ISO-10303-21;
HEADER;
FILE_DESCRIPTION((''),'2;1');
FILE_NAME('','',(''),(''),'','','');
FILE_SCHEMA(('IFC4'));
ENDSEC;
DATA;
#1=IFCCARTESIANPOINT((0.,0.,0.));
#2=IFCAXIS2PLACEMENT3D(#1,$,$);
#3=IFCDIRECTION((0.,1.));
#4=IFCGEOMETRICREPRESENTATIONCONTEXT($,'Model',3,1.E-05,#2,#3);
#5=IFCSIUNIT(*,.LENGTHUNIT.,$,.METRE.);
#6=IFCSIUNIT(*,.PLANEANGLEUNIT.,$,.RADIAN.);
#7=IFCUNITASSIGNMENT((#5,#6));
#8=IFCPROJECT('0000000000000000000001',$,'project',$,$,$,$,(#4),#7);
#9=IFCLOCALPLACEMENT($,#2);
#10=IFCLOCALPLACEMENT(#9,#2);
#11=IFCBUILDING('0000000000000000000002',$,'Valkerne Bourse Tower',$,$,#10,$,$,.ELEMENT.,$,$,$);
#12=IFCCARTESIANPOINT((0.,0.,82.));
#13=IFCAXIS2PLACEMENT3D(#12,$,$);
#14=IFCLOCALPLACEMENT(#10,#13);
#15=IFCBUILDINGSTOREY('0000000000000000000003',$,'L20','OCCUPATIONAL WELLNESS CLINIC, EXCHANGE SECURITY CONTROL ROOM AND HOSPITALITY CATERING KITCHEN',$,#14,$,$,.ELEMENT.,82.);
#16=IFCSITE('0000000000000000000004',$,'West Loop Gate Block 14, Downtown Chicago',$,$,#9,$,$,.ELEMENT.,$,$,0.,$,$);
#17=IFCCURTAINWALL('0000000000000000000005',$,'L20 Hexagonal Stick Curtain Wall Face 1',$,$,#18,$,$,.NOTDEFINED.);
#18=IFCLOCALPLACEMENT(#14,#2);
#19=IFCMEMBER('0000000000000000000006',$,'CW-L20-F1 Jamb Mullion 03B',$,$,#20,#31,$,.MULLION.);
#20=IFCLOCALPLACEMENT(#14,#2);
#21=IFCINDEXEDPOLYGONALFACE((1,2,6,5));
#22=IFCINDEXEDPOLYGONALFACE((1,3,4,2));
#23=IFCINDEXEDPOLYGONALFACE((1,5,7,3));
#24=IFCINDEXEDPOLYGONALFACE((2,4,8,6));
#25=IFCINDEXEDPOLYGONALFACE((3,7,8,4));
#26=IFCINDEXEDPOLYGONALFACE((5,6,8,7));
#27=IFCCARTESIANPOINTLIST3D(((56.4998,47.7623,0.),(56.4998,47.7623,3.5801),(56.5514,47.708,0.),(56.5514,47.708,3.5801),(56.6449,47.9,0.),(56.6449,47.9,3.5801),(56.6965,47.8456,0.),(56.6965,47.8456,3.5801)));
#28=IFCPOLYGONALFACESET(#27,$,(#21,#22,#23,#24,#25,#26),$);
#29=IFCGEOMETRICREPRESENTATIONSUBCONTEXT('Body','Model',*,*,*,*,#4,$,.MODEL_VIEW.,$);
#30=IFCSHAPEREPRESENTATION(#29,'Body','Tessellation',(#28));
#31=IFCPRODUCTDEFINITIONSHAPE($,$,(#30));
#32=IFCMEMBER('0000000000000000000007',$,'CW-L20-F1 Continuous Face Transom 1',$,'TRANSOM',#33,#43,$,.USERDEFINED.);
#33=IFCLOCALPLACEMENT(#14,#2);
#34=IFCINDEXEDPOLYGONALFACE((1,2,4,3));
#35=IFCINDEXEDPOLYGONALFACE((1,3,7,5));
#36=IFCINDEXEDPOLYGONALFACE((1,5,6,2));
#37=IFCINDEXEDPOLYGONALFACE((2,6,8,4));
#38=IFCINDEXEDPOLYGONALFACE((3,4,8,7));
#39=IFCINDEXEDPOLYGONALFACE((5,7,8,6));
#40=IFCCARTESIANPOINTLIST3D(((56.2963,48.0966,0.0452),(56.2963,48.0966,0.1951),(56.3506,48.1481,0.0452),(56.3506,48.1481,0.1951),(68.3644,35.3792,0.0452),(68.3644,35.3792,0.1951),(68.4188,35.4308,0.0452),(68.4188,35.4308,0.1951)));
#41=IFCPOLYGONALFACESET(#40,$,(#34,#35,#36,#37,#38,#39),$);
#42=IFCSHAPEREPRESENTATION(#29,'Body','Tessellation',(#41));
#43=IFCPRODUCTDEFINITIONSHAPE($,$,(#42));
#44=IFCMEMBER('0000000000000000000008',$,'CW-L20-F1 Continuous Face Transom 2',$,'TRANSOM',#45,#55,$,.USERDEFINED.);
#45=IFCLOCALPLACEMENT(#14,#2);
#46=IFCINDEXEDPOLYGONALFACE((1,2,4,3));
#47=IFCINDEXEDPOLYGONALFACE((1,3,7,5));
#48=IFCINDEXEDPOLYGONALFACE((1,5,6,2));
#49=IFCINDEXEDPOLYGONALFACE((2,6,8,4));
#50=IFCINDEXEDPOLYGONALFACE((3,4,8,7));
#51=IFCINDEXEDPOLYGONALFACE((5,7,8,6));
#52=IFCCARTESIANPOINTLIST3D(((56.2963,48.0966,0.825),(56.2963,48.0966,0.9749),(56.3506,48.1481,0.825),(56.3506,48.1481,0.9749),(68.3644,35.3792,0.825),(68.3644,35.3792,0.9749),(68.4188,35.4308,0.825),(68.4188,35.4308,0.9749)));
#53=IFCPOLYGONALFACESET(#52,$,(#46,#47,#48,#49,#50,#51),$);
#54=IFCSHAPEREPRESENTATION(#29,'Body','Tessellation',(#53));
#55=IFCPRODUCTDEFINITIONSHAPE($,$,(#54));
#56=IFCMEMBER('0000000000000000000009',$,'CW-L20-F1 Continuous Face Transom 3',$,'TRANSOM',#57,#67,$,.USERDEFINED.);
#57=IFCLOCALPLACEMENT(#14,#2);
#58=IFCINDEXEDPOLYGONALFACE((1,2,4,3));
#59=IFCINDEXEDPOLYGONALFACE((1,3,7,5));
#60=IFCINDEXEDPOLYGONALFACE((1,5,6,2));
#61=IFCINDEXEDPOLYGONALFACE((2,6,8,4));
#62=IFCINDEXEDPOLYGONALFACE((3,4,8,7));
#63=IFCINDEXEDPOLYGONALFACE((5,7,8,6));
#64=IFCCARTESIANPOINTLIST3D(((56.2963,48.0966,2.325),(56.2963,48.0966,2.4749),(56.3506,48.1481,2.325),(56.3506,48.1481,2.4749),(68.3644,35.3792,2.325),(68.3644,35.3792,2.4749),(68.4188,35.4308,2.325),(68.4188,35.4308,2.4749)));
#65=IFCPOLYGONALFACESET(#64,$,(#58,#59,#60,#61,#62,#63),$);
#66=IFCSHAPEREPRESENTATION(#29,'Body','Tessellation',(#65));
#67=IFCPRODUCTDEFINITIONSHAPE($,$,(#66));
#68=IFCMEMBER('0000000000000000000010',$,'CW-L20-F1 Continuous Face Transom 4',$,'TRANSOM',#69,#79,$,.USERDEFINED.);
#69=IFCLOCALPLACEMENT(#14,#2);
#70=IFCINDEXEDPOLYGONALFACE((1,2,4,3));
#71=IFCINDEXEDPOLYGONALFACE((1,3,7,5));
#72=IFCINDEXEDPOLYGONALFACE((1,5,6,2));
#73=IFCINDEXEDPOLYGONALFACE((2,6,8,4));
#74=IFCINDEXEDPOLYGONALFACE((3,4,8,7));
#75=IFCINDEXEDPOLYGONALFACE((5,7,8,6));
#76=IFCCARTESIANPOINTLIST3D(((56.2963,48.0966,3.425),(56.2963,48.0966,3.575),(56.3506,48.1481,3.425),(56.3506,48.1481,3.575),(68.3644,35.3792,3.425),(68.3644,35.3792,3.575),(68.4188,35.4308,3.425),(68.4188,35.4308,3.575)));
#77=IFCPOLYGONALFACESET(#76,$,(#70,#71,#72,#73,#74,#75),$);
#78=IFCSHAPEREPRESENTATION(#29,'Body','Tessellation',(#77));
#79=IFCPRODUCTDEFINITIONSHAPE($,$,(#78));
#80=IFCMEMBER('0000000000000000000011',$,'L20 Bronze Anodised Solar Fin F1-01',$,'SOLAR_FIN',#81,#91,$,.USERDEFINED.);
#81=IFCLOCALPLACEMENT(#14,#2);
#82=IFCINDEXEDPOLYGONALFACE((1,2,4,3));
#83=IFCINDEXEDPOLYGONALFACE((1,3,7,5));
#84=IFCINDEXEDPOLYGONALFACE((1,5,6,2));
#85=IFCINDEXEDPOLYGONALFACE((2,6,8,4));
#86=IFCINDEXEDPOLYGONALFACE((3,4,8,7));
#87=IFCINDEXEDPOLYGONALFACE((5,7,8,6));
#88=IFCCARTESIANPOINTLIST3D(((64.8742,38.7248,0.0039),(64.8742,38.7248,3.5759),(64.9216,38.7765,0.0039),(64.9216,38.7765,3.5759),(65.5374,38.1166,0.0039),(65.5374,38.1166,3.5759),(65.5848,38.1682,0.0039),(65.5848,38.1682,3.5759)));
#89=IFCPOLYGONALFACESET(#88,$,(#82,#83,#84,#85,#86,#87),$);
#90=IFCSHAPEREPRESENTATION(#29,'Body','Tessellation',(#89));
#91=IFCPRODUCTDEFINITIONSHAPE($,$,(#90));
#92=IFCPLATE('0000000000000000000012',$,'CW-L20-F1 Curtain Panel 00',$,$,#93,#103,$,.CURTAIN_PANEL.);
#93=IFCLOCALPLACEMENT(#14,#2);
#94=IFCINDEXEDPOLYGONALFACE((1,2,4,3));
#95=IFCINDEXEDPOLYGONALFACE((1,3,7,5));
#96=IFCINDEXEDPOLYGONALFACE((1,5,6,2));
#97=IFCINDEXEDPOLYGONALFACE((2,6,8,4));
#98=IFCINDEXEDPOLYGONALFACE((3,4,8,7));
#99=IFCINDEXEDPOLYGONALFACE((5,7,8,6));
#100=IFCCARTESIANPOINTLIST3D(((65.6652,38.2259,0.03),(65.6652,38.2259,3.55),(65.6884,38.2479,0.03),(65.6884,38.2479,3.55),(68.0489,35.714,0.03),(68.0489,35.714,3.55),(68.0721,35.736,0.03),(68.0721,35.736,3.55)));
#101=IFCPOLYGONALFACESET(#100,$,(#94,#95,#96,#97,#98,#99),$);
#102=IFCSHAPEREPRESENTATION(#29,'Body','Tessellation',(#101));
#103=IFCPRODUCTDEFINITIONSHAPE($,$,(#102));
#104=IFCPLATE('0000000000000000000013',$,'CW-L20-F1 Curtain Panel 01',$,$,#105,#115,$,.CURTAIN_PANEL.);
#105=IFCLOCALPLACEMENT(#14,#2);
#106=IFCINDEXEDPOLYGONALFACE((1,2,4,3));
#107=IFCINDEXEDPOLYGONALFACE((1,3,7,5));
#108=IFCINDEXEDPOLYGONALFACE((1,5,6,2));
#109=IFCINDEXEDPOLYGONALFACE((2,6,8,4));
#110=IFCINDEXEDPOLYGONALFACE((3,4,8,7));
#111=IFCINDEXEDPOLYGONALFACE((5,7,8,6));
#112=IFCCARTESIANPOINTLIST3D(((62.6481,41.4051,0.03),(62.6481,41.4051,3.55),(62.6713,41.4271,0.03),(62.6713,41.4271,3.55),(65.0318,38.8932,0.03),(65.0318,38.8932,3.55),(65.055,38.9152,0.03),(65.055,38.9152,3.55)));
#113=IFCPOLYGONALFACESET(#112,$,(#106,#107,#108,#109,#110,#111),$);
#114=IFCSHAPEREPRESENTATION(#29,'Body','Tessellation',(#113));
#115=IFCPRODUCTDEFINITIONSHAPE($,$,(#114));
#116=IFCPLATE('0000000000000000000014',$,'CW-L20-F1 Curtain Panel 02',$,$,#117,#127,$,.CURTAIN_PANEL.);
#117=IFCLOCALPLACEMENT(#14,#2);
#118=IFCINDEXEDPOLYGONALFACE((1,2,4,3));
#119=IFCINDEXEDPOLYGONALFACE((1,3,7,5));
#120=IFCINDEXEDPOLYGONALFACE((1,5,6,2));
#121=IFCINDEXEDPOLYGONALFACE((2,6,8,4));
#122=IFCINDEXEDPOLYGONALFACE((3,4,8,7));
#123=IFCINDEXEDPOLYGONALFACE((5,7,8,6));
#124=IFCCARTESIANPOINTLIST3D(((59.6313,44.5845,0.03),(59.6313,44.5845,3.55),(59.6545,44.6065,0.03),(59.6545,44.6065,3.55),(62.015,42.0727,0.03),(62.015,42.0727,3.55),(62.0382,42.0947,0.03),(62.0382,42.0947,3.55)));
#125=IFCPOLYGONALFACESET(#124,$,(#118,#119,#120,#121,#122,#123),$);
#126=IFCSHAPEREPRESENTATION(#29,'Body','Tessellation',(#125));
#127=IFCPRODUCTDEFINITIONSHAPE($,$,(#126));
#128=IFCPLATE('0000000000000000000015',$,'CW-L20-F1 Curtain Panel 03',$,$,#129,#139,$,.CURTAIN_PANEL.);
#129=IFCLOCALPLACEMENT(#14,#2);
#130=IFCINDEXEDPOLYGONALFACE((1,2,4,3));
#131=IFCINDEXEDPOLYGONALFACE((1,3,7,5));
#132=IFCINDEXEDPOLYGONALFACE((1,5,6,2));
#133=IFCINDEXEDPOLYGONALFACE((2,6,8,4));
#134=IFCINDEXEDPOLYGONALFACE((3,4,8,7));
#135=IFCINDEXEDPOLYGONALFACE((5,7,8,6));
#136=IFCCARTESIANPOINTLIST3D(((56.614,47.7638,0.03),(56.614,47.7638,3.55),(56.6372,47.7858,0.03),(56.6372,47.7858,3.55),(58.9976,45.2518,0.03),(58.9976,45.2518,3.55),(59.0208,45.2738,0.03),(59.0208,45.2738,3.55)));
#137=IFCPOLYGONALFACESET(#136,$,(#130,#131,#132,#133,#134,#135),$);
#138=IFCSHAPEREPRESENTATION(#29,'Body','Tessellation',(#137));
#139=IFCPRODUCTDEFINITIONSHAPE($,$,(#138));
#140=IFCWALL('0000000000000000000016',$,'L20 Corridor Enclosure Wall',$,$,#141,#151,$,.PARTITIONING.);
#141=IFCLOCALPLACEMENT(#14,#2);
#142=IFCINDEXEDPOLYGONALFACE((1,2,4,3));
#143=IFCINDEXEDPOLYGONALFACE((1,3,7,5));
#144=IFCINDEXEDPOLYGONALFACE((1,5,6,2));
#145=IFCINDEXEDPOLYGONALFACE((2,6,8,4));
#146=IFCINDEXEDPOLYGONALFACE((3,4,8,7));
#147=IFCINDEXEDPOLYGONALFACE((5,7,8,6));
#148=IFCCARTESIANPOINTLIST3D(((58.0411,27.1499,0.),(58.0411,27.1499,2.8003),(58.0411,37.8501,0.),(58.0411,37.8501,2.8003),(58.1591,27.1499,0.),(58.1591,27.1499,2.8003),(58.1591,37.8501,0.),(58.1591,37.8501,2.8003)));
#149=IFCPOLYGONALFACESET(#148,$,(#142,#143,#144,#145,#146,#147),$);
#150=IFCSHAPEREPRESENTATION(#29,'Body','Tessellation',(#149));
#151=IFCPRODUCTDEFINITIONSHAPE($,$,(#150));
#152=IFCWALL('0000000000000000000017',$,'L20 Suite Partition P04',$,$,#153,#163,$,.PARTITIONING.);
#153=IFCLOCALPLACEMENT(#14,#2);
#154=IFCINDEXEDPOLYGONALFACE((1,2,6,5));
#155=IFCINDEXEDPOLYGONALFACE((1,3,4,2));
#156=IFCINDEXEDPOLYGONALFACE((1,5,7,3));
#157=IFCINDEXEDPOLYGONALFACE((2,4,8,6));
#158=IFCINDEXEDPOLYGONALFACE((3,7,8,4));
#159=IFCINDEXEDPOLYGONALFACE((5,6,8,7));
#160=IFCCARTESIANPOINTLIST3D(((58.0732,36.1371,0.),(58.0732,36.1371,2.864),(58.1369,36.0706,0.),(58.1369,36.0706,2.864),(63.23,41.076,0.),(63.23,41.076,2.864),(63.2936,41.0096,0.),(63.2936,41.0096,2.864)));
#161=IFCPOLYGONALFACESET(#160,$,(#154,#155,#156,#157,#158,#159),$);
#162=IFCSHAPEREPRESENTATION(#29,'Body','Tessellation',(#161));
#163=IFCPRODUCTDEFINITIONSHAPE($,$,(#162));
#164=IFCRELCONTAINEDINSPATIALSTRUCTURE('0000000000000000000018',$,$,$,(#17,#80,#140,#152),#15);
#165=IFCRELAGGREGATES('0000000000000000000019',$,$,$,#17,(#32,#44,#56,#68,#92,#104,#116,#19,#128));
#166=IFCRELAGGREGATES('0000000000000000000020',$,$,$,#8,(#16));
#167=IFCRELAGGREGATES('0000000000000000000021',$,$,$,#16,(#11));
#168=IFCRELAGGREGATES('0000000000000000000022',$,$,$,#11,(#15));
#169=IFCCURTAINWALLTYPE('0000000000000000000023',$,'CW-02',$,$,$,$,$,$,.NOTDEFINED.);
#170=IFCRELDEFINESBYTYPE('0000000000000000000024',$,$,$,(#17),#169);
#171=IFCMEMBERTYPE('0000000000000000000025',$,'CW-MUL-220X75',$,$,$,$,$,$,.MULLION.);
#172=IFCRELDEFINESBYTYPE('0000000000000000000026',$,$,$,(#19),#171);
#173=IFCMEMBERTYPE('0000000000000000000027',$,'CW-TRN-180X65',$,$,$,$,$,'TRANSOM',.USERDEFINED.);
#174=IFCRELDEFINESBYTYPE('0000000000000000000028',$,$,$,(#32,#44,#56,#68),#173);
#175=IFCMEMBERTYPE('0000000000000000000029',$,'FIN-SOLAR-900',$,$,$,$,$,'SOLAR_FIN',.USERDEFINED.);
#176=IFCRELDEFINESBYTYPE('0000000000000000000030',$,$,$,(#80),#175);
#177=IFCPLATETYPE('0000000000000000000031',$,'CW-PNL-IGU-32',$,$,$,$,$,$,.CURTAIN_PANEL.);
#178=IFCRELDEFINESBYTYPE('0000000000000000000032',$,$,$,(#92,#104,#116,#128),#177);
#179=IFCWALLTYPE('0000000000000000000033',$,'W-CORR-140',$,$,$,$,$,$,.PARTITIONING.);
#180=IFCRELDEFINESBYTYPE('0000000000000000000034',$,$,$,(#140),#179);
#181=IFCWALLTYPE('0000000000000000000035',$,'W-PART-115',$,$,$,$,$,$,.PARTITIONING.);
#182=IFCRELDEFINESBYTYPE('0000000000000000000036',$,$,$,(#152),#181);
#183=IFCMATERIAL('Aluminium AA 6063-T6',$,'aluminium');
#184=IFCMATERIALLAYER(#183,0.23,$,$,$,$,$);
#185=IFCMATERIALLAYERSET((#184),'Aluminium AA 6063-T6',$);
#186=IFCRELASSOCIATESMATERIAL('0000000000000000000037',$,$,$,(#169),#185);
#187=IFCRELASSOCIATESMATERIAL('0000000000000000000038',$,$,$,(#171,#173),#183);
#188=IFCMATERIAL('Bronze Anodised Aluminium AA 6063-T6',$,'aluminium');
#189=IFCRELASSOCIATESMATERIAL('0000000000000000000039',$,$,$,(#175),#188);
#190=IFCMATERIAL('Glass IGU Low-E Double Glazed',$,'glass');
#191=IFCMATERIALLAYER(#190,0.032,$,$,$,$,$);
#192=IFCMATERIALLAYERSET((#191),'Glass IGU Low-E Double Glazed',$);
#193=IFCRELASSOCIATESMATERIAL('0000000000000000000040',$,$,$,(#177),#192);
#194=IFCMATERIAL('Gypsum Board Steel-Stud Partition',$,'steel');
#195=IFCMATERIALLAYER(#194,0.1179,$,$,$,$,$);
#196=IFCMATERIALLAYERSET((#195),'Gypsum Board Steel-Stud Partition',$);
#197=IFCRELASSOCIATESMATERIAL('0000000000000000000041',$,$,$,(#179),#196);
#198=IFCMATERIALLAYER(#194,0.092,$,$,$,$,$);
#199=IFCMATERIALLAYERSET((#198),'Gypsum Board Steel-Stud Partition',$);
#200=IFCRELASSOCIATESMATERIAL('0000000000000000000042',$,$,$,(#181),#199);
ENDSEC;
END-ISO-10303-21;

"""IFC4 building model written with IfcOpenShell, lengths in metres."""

from ifc_helpers import new_model, si_unit, direction, frame, frame_2d, origin, origin_2d, place, context, subcontext, project, spatial, rectangle, extrude, material, layer, layer_set, material_profile, profile_set, type_object, element, aggregate, save


model = new_model("IFC4")

# Units and contexts
model_context = context("Model", 3, precision=1e-05, world=origin(), true_north=direction((0.0, 1.0)))
body_context = subcontext(model_context, "Body", "Model", "MODEL_VIEW")
ifc_project = project(units=[si_unit("LENGTHUNIT", "METRE"), si_unit("PLANEANGLEUNIT", "RADIAN")], contexts=[model_context])

# Site, building, storey
site_placement = place(None, origin())
site = spatial("IfcSite", under=ifc_project, at=site_placement, Name="West Loop Gate Block 14, Downtown Chicago", CompositionType="ELEMENT", RefElevation=0.0)
building_placement = place(site_placement, origin())
building = spatial("IfcBuilding", under=site, at=building_placement, Name="Valkerne Bourse Tower", CompositionType="ELEMENT")
storey_placement = place(building_placement, frame((0.0, 0.0, 82.0)))
storey = spatial("IfcBuildingStorey", under=building, at=storey_placement, Name="L20", Description="OCCUPATIONAL WELLNESS CLINIC, EXCHANGE SECURITY CONTROL ROOM AND HOSPITALITY CATERING KITCHEN", CompositionType="ELEMENT", Elevation=82.0)

# Curtain wall, members
ifc_material_1 = material(Name="Aluminium AA 6063-T6", Category="aluminium")
ifc_layer_1 = layer(ifc_material_1, 0.23)
ifc_layer_set_1 = layer_set([ifc_layer_1], Name="Aluminium AA 6063-T6")
curtain_wall_type = type_object("IfcCurtainWallType", Name="CW-02", PredefinedType="NOTDEFINED", material=ifc_layer_set_1)
curtain_wall_placement = place(storey_placement, origin())
curtain_wall = element("IfcCurtainWall", 1, at=curtain_wall_placement, inside=storey, type_object=curtain_wall_type, Name="L20 Hexagonal Stick Curtain Wall Face 1", PredefinedType="NOTDEFINED")
ifc_material_profile_1 = material_profile(ifc_material_1, rectangle(XDim=0.075, YDim=0.2, at=origin_2d()), Name="CWM-75X200")
ifc_profile_set_1 = profile_set([ifc_material_profile_1], Name="Aluminium AA 6063-T6")
member_type_1 = type_object("IfcMemberType", Name="CW-MUL-220X75", PredefinedType="MULLION", material=ifc_profile_set_1)
member_1_placement = place(storey_placement, frame((56.5981, 47.804, 0.0), z_axis=(0.0, 0.0, 1.0), x_axis=(-0.688338, 0.72539, 0.0)))
member_1 = element("IfcMember", 2, at=member_1_placement, type_object=member_type_1, Name="CW-L20-F1 Jamb Mullion 03B", PredefinedType="MULLION", context=body_context, shape_type="SweptSolid", body=[
    extrude(rectangle(XDim=0.075, YDim=0.2, at=origin_2d()), origin(), (0.0, 0.0, 1.0), 3.5801),
])
ifc_material_profile_2 = material_profile(ifc_material_1, rectangle(XDim=0.075, YDim=0.1499, at=origin_2d()), Name="CWT-75X150")
ifc_profile_set_2 = profile_set([ifc_material_profile_2], Name="Aluminium AA 6063-T6")
member_type_2 = type_object("IfcMemberType", Name="CW-TRN-180X65", ElementType="TRANSOM", PredefinedType="USERDEFINED", material=ifc_profile_set_2)
member_2_placement = place(storey_placement, frame((68.3916, 35.405, 0.1201), z_axis=(-0.68835, 0.725378, 0.0), x_axis=(-0.725378, -0.68835, 0.0)))
member_2 = element("IfcMember", 3, at=member_2_placement, type_object=member_type_2, Name="CW-L20-F1 Continuous Face Transom 1", ObjectType="TRANSOM", PredefinedType="USERDEFINED", context=body_context, shape_type="SweptSolid", body=[
    extrude(rectangle(XDim=0.075, YDim=0.1499, at=origin_2d()), origin(), (0.0, 0.0, 1.0), 17.532),
])
member_3_placement = place(storey_placement, frame((68.3916, 35.405, 0.8999), z_axis=(-0.68835, 0.725378, 0.0), x_axis=(-0.725378, -0.68835, 0.0)))
member_3 = element("IfcMember", 4, at=member_3_placement, type_object=member_type_2, Name="CW-L20-F1 Continuous Face Transom 2", ObjectType="TRANSOM", PredefinedType="USERDEFINED", context=body_context, shape_type="SweptSolid", body=[
    extrude(rectangle(XDim=0.075, YDim=0.1499, at=origin_2d()), origin(), (0.0, 0.0, 1.0), 17.532),
])
member_4_placement = place(storey_placement, frame((68.3916, 35.405, 2.3999), z_axis=(-0.68835, 0.725378, 0.0), x_axis=(-0.725378, -0.68835, 0.0)))
member_4 = element("IfcMember", 5, at=member_4_placement, type_object=member_type_2, Name="CW-L20-F1 Continuous Face Transom 3", ObjectType="TRANSOM", PredefinedType="USERDEFINED", context=body_context, shape_type="SweptSolid", body=[
    extrude(rectangle(XDim=0.075, YDim=0.1499, at=origin_2d()), origin(), (0.0, 0.0, 1.0), 17.532),
])
member_5_placement = place(storey_placement, frame((68.3916, 35.405, 3.5), z_axis=(-0.68835, 0.725378, 0.0), x_axis=(-0.725378, -0.68835, 0.0)))
member_5 = element("IfcMember", 6, at=member_5_placement, type_object=member_type_2, Name="CW-L20-F1 Continuous Face Transom 4", ObjectType="TRANSOM", PredefinedType="USERDEFINED", context=body_context, shape_type="SweptSolid", body=[
    extrude(rectangle(XDim=0.075, YDim=0.1499, at=origin_2d()), origin(), (0.0, 0.0, 1.0), 17.532),
])

# Member
ifc_material_2 = material(Name="Bronze Anodised Aluminium AA 6063-T6", Category="aluminium")
ifc_material_profile_3 = material_profile(ifc_material_2, rectangle(XDim=0.0701, YDim=0.8999, at=origin_2d()), Name="FIN-70X900")
ifc_profile_set_3 = profile_set([ifc_material_profile_3], Name="Bronze Anodised Aluminium AA 6063-T6")
member_type_3 = type_object("IfcMemberType", Name="FIN-SOLAR-900", ElementType="SOLAR_FIN", PredefinedType="USERDEFINED", material=ifc_profile_set_3)
member_6_placement = place(storey_placement, frame((65.2295, 38.4465, 0.0039), z_axis=(0.0, 0.0, 1.0), x_axis=(0.6759, 0.736993, 0.0)))
element("IfcMember", 7, at=member_6_placement, inside=storey, type_object=member_type_3, Name="L20 Bronze Anodised Solar Fin F1-01", ObjectType="SOLAR_FIN", PredefinedType="USERDEFINED", context=body_context, shape_type="SweptSolid", body=[
    extrude(rectangle(XDim=0.0701, YDim=0.8999, at=origin_2d()), origin(), (0.0, 0.0, 1.0), 3.572),
])

# Plates
ifc_material_3 = material(Name="Glass IGU Low-E Double Glazed", Category="glass")
ifc_layer_2 = layer(ifc_material_3, 0.032)
ifc_layer_set_2 = layer_set([ifc_layer_2], Name="Glass IGU Low-E Double Glazed")
plate_type = type_object("IfcPlateType", Name="CW-PNL-IGU-32", PredefinedType="CURTAIN_PANEL", material=ifc_layer_set_2)
plate_1_placement = place(storey_placement, frame((66.8687, 36.981, 0.03), z_axis=(0.0, 0.0, 1.0), x_axis=(-0.688361, 0.725368, 0.0)))
plate_1 = element("IfcPlate", 8, at=plate_1_placement, type_object=plate_type, Name="CW-L20-F1 Curtain Panel 00", PredefinedType="CURTAIN_PANEL", context=body_context, shape_type="SweptSolid", body=[
    extrude(rectangle(XDim=3.4629, YDim=0.032, at=origin_2d()), origin(), (0.0, 0.0, 1.0), 3.52),
])
plate_2_placement = place(storey_placement, frame((63.8516, 40.1602, 0.03), z_axis=(0.0, 0.0, 1.0), x_axis=(-0.688349, 0.725379, 0.0)))
plate_2 = element("IfcPlate", 9, at=plate_2_placement, type_object=plate_type, Name="CW-L20-F1 Curtain Panel 01", PredefinedType="CURTAIN_PANEL", context=body_context, shape_type="SweptSolid", body=[
    extrude(rectangle(XDim=3.4629, YDim=0.032, at=origin_2d()), origin(), (0.0, 0.0, 1.0), 3.52),
])
plate_3_placement = place(storey_placement, frame((60.8347, 43.3396, 0.03), z_axis=(0.0, 0.0, 1.0), x_axis=(-0.688361, 0.725368, 0.0)))
plate_3 = element("IfcPlate", 10, at=plate_3_placement, type_object=plate_type, Name="CW-L20-F1 Curtain Panel 02", PredefinedType="CURTAIN_PANEL", context=body_context, shape_type="SweptSolid", body=[
    extrude(rectangle(XDim=3.4629, YDim=0.032, at=origin_2d()), origin(), (0.0, 0.0, 1.0), 3.52),
])
plate_4_placement = place(storey_placement, frame((57.8174, 46.5188, 0.03), z_axis=(0.0, 0.0, 1.0), x_axis=(-0.688338, 0.72539, 0.0)))
plate_4 = element("IfcPlate", 11, at=plate_4_placement, type_object=plate_type, Name="CW-L20-F1 Curtain Panel 03", PredefinedType="CURTAIN_PANEL", context=body_context, shape_type="SweptSolid", body=[
    extrude(rectangle(XDim=3.4629, YDim=0.032, at=origin_2d()), origin(), (0.0, 0.0, 1.0), 3.52),
])
aggregate(curtain_wall, [member_2, member_3, member_4, member_5, plate_1, plate_2, plate_3, member_1, plate_4])

# Walls
ifc_material_4 = material(Name="Gypsum Board Steel-Stud Partition", Category="steel")
ifc_layer_3 = layer(ifc_material_4, 0.1179)
ifc_layer_set_3 = layer_set([ifc_layer_3], Name="Gypsum Board Steel-Stud Partition")
wall_type_1 = type_object("IfcWallType", Name="W-CORR-140", PredefinedType="PARTITIONING", material=ifc_layer_set_3)
wall_1_placement = place(storey_placement, frame((58.1001, 37.8501, 0.0), z_axis=(0.0, 0.0, 1.0), x_axis=(0.0, -1.0, 0.0)))
element("IfcWall", 12, at=wall_1_placement, inside=storey, type_object=wall_type_1, Name="L20 Corridor Enclosure Wall", PredefinedType="PARTITIONING", context=body_context, shape_type="SweptSolid", body=[
    extrude(rectangle(XDim=10.7002, YDim=0.1179, at=frame_2d((5.3501, 0.0))), origin(), (0.0, 0.0, 1.0), 2.8003),
])
ifc_layer_4 = layer(ifc_material_4, 0.092)
ifc_layer_set_4 = layer_set([ifc_layer_4], Name="Gypsum Board Steel-Stud Partition")
wall_type_2 = type_object("IfcWallType", Name="W-PART-115", PredefinedType="PARTITIONING", material=ifc_layer_set_4)
wall_2_placement = place(storey_placement, frame((58.105, 36.1038, 0.0), z_axis=(0.0, 0.0, 1.0), x_axis=(0.722192, 0.691693, 0.0)))
element("IfcWall", 13, at=wall_2_placement, inside=storey, type_object=wall_type_2, Name="L20 Suite Partition P04", PredefinedType="PARTITIONING", context=body_context, shape_type="SweptSolid", body=[
    extrude(rectangle(XDim=7.1404, YDim=0.092, at=frame_2d((3.5703, 0.0))), origin(), (0.0, 0.0, 1.0), 2.864),
])

save(model, "model.ifc")
